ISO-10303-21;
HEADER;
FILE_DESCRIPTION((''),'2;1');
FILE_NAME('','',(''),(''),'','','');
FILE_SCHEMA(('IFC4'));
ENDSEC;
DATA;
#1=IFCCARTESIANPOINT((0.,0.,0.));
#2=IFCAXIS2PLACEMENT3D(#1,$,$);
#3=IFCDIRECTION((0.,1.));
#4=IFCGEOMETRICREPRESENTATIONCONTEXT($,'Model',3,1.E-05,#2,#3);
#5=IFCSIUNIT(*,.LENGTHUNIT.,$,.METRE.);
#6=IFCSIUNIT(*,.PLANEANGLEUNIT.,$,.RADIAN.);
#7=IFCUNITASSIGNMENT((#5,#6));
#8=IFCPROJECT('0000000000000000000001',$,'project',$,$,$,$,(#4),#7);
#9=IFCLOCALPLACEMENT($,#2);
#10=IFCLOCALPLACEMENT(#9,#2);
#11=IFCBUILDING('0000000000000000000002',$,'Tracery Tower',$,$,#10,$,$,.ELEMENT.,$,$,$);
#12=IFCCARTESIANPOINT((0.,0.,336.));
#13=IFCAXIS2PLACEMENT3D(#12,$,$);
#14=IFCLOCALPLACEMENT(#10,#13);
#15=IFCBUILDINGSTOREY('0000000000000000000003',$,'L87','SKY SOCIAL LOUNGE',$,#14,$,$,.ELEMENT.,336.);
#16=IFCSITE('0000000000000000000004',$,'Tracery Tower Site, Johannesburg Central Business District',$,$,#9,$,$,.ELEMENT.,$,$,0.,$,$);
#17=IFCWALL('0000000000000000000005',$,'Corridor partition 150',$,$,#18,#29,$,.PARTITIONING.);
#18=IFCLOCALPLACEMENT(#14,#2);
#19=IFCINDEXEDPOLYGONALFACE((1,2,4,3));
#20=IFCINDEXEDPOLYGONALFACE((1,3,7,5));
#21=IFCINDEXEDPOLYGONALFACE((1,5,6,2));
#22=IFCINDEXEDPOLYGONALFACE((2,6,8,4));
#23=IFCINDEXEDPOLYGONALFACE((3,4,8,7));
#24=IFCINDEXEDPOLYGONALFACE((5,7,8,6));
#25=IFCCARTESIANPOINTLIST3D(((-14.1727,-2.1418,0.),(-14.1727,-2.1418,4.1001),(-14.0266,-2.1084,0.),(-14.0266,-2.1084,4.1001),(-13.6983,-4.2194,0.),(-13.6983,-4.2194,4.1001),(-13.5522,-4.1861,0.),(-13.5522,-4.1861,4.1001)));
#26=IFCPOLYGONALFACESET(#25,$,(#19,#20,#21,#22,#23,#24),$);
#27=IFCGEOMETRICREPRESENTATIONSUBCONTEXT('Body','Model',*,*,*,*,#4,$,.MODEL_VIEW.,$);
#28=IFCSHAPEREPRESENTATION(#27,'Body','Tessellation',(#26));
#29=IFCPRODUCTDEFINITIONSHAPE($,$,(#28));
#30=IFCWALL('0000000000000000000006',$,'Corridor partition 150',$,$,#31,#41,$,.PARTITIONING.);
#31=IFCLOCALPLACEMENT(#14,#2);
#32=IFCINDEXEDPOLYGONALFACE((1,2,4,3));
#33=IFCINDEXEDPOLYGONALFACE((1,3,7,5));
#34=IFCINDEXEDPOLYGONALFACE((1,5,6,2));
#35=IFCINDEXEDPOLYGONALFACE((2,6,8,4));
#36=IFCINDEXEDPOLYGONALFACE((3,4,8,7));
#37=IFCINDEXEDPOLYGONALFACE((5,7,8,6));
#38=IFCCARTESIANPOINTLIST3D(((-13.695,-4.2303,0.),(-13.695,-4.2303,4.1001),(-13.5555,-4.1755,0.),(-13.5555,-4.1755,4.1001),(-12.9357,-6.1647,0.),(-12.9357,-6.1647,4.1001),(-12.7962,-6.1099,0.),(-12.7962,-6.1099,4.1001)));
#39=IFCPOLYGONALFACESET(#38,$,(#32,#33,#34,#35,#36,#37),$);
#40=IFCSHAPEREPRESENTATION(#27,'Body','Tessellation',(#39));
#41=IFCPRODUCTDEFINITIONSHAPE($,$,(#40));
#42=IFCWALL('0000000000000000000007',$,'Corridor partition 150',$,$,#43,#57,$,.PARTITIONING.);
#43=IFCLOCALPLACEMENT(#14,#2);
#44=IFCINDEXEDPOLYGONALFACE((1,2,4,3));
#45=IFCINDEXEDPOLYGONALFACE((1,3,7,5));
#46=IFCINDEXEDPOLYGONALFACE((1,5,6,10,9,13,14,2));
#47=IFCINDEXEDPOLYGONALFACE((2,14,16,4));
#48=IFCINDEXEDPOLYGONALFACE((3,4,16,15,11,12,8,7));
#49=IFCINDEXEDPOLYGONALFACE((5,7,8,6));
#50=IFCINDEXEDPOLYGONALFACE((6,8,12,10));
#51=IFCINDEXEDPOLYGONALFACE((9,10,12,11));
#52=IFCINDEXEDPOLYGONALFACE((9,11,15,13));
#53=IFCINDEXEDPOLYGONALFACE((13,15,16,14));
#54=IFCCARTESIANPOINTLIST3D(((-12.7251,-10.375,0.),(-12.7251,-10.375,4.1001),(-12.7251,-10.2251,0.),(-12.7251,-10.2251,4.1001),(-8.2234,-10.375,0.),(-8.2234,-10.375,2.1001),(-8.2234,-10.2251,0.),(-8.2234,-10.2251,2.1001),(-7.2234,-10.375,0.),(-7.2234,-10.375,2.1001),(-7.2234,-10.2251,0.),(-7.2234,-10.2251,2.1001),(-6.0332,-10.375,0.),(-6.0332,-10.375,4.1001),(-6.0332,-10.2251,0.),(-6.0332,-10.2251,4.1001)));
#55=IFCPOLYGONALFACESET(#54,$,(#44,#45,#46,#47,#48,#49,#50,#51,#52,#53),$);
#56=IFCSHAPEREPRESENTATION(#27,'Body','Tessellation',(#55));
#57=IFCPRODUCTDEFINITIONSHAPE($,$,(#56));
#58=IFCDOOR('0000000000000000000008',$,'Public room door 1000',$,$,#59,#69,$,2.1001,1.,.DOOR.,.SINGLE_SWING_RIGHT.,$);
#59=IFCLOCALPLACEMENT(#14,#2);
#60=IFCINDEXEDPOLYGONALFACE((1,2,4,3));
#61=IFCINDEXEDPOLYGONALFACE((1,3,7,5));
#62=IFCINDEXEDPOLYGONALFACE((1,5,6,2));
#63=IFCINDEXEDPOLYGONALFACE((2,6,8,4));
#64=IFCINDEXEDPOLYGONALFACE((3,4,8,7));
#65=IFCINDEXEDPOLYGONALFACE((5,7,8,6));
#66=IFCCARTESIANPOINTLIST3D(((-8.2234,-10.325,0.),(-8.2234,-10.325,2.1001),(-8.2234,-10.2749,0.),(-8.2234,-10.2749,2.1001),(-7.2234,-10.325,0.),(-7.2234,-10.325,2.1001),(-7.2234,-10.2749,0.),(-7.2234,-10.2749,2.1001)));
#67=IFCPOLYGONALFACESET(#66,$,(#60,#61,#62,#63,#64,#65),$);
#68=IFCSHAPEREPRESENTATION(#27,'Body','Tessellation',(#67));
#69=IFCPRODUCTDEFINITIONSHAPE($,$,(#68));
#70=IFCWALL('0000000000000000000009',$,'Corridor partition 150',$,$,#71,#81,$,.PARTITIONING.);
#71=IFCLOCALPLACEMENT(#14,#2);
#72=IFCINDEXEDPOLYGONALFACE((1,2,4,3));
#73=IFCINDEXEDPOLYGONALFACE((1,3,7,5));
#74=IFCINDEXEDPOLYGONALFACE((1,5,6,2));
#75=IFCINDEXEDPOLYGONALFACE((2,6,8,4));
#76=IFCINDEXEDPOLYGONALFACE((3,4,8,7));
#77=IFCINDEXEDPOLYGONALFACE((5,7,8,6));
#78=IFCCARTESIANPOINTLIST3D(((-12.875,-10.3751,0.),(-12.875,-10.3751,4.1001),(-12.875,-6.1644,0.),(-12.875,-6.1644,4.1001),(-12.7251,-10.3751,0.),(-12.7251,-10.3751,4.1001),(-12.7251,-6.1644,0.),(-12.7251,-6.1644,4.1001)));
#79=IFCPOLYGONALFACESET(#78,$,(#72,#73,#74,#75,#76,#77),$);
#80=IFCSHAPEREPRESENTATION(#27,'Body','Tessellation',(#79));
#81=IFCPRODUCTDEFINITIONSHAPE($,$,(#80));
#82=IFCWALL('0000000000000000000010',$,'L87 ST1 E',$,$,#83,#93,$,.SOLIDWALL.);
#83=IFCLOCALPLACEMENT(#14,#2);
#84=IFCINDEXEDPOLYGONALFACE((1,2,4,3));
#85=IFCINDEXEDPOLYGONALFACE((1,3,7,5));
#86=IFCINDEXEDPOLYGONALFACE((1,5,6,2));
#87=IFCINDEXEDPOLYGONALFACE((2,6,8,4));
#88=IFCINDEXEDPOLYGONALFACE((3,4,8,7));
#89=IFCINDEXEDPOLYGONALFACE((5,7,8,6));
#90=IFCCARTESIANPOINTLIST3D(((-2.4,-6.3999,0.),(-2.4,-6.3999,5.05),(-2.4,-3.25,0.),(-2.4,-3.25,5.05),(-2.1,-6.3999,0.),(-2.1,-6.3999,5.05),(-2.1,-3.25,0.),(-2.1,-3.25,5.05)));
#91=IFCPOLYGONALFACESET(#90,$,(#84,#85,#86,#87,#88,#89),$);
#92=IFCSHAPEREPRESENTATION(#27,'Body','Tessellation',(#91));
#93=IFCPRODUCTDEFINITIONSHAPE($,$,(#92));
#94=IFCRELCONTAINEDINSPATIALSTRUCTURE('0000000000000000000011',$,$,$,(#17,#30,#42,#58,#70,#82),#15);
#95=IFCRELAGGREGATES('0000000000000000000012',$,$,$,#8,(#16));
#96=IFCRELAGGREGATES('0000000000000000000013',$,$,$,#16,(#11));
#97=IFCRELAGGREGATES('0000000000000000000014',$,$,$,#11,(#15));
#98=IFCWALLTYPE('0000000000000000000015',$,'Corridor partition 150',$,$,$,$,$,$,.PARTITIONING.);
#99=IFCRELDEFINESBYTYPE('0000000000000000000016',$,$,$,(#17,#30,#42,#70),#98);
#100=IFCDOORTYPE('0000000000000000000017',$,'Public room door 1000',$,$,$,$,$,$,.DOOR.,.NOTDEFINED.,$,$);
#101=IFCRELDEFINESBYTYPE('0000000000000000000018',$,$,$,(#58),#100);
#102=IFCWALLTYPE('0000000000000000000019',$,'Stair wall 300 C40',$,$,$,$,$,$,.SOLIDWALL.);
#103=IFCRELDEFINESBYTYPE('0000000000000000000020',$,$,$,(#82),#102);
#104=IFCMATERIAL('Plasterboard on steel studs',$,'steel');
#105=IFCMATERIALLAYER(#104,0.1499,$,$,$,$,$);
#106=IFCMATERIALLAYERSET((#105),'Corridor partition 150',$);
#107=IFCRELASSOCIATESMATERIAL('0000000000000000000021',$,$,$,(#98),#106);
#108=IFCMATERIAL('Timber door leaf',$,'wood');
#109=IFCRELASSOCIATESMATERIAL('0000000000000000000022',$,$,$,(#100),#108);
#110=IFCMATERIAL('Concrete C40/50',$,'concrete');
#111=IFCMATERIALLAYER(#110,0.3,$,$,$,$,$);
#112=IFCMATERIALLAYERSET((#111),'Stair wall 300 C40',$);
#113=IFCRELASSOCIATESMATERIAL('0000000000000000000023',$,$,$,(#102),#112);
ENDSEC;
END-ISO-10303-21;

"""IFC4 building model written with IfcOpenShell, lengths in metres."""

from ifc_helpers import new_model, si_unit, direction, frame, frame_2d, origin, place, context, subcontext, project, spatial, rectangle, extrude, material, layer, layer_set, type_object, element, fill, save


model = new_model("IFC4")

# Units and contexts
model_context = context("Model", 3, precision=1e-05, world=origin(), true_north=direction((0.0, 1.0)))
body_context = subcontext(model_context, "Body", "Model", "MODEL_VIEW")
ifc_project = project(units=[si_unit("LENGTHUNIT", "METRE"), si_unit("PLANEANGLEUNIT", "RADIAN")], contexts=[model_context])

# Site, building, storey
site_placement = place(None, origin())
site = spatial("IfcSite", under=ifc_project, at=site_placement, Name="Tracery Tower Site, Johannesburg Central Business District", CompositionType="ELEMENT", RefElevation=0.0)
building_placement = place(site_placement, origin())
building = spatial("IfcBuilding", under=site, at=building_placement, Name="Tracery Tower", CompositionType="ELEMENT")
storey_placement = place(building_placement, frame((0.0, 0.0, 336.0)))
storey = spatial("IfcBuildingStorey", under=building, at=storey_placement, Name="L87", Description="SKY SOCIAL LOUNGE", CompositionType="ELEMENT", Elevation=336.0)

# Shared definitions
ifc_material_1 = material(Name="Plasterboard on steel studs", Category="steel")
ifc_layer_1 = layer(ifc_material_1, 0.1499)
ifc_layer_set_1 = layer_set([ifc_layer_1], Name="Corridor partition 150")
wall_type_1 = type_object("IfcWallType", Name="Corridor partition 150", PredefinedType="PARTITIONING", material=ifc_layer_set_1)
ifc_material_2 = material(Name="Timber door leaf", Category="wood")
door_type_1 = type_object("IfcDoorType", Name="Public room door 1000", OperationType="NOTDEFINED", PredefinedType="DOOR", material=ifc_material_2)

# Walls
wall_1_placement = place(storey_placement, frame((-14.0996, -2.1252, 0.0), z_axis=(0.0, 0.0, 1.0), x_axis=(0.222591, -0.974912, 0.0)))
element("IfcWall", 1, at=wall_1_placement, inside=storey, type_object=wall_type_1, Name="Corridor partition 150", PredefinedType="PARTITIONING", context=body_context, shape_type="SweptSolid", body=[
    extrude(rectangle(XDim=2.1311, YDim=0.1499, at=frame_2d((1.0654, 0.0))), origin(), (0.0, 0.0, 1.0), 4.1001),
])
wall_2_placement = place(storey_placement, frame((-13.6252, -4.2029, 0.0), z_axis=(0.0, 0.0, 1.0), x_axis=(0.365387, -0.930856, 0.0)))
element("IfcWall", 2, at=wall_2_placement, inside=storey, type_object=wall_type_1, Name="Corridor partition 150", PredefinedType="PARTITIONING", context=body_context, shape_type="SweptSolid", body=[
    extrude(rectangle(XDim=2.0781, YDim=0.1499, at=frame_2d((1.0391, 0.0))), origin(), (0.0, 0.0, 1.0), 4.1001),
])

# Wall, opening, door
wall_3_placement = place(storey_placement, frame((-6.0332, -10.3, 0.0), z_axis=(0.0, 0.0, 1.0), x_axis=(-1.0, 0.0, 0.0)))
wall_3 = element("IfcWall", 3, at=wall_3_placement, inside=storey, type_object=wall_type_1, Name="Corridor partition 150", PredefinedType="PARTITIONING", context=body_context, shape_type="SweptSolid", body=[
    extrude(rectangle(XDim=6.6919, YDim=0.1499, at=frame_2d((3.3459, 0.0))), origin(), (0.0, 0.0, 1.0), 4.1001),
])
opening_1_placement = place(wall_3_placement, frame((1.1902, 0.0, 0.0)))
opening_1 = element("IfcOpeningElement", 4, at=opening_1_placement, cuts=wall_3, PredefinedType="OPENING", context=body_context, shape_type="SweptSolid", body=[
    extrude(rectangle(XDim=1.0, YDim=2.1001, at=frame_2d((0.5, 1.05))), frame((0.0, 0.075, 0.0), z_axis=(0.0, -1.0, 0.0), x_axis=(1.0, 0.0, 0.0)), (0.0, 0.0, 1.0), 0.1499),
])
door_1_placement = place(opening_1_placement, origin())
door_1 = element("IfcDoor", 5, at=door_1_placement, inside=storey, type_object=door_type_1, Name="Public room door 1000", OperationType="SINGLE_SWING_RIGHT", OverallHeight=2.1001, OverallWidth=1.0, PredefinedType="DOOR", context=body_context, shape_type="SweptSolid", body=[
    extrude(rectangle(XDim=1.0, YDim=2.1001, at=frame_2d((0.5, 1.05))), frame((0.0, 0.0249, 0.0), z_axis=(0.0, -1.0, 0.0), x_axis=(1.0, 0.0, 0.0)), (0.0, 0.0, 1.0), 0.05),
])
fill(opening_1, door_1)

# Wall
wall_4_placement = place(storey_placement, frame((-12.8, -6.1643, 0.0), z_axis=(0.0, 0.0, 1.0), x_axis=(0.0, -1.0, 0.0)))
element("IfcWall", 6, at=wall_4_placement, inside=storey, type_object=wall_type_1, Name="Corridor partition 150", PredefinedType="PARTITIONING", context=body_context, shape_type="SweptSolid", body=[
    extrude(rectangle(XDim=4.2107, YDim=0.1499, at=frame_2d((2.1055, 0.0))), origin(), (0.0, 0.0, 1.0), 4.1001),
])

# Shared definitions
ifc_material_3 = material(Name="Concrete C40/50", Category="concrete")
ifc_layer_2 = layer(ifc_material_3, 0.3)
ifc_layer_set_2 = layer_set([ifc_layer_2], Name="Stair wall 300 C40")
wall_type_2 = type_object("IfcWallType", Name="Stair wall 300 C40", PredefinedType="SOLIDWALL", material=ifc_layer_set_2)

# Wall
wall_5_placement = place(storey_placement, frame((-2.25, -6.3999, 0.0), z_axis=(0.0, 0.0, 1.0), x_axis=(0.0, 1.0, 0.0)))
element("IfcWall", 7, at=wall_5_placement, inside=storey, type_object=wall_type_2, Name="L87 ST1 E", PredefinedType="SOLIDWALL", context=body_context, shape_type="SweptSolid", body=[
    extrude(rectangle(XDim=3.1499, YDim=0.3, at=frame_2d((1.575, 0.0))), origin(), (0.0, 0.0, 1.0), 5.05),
])

save(model, "model.ifc")
